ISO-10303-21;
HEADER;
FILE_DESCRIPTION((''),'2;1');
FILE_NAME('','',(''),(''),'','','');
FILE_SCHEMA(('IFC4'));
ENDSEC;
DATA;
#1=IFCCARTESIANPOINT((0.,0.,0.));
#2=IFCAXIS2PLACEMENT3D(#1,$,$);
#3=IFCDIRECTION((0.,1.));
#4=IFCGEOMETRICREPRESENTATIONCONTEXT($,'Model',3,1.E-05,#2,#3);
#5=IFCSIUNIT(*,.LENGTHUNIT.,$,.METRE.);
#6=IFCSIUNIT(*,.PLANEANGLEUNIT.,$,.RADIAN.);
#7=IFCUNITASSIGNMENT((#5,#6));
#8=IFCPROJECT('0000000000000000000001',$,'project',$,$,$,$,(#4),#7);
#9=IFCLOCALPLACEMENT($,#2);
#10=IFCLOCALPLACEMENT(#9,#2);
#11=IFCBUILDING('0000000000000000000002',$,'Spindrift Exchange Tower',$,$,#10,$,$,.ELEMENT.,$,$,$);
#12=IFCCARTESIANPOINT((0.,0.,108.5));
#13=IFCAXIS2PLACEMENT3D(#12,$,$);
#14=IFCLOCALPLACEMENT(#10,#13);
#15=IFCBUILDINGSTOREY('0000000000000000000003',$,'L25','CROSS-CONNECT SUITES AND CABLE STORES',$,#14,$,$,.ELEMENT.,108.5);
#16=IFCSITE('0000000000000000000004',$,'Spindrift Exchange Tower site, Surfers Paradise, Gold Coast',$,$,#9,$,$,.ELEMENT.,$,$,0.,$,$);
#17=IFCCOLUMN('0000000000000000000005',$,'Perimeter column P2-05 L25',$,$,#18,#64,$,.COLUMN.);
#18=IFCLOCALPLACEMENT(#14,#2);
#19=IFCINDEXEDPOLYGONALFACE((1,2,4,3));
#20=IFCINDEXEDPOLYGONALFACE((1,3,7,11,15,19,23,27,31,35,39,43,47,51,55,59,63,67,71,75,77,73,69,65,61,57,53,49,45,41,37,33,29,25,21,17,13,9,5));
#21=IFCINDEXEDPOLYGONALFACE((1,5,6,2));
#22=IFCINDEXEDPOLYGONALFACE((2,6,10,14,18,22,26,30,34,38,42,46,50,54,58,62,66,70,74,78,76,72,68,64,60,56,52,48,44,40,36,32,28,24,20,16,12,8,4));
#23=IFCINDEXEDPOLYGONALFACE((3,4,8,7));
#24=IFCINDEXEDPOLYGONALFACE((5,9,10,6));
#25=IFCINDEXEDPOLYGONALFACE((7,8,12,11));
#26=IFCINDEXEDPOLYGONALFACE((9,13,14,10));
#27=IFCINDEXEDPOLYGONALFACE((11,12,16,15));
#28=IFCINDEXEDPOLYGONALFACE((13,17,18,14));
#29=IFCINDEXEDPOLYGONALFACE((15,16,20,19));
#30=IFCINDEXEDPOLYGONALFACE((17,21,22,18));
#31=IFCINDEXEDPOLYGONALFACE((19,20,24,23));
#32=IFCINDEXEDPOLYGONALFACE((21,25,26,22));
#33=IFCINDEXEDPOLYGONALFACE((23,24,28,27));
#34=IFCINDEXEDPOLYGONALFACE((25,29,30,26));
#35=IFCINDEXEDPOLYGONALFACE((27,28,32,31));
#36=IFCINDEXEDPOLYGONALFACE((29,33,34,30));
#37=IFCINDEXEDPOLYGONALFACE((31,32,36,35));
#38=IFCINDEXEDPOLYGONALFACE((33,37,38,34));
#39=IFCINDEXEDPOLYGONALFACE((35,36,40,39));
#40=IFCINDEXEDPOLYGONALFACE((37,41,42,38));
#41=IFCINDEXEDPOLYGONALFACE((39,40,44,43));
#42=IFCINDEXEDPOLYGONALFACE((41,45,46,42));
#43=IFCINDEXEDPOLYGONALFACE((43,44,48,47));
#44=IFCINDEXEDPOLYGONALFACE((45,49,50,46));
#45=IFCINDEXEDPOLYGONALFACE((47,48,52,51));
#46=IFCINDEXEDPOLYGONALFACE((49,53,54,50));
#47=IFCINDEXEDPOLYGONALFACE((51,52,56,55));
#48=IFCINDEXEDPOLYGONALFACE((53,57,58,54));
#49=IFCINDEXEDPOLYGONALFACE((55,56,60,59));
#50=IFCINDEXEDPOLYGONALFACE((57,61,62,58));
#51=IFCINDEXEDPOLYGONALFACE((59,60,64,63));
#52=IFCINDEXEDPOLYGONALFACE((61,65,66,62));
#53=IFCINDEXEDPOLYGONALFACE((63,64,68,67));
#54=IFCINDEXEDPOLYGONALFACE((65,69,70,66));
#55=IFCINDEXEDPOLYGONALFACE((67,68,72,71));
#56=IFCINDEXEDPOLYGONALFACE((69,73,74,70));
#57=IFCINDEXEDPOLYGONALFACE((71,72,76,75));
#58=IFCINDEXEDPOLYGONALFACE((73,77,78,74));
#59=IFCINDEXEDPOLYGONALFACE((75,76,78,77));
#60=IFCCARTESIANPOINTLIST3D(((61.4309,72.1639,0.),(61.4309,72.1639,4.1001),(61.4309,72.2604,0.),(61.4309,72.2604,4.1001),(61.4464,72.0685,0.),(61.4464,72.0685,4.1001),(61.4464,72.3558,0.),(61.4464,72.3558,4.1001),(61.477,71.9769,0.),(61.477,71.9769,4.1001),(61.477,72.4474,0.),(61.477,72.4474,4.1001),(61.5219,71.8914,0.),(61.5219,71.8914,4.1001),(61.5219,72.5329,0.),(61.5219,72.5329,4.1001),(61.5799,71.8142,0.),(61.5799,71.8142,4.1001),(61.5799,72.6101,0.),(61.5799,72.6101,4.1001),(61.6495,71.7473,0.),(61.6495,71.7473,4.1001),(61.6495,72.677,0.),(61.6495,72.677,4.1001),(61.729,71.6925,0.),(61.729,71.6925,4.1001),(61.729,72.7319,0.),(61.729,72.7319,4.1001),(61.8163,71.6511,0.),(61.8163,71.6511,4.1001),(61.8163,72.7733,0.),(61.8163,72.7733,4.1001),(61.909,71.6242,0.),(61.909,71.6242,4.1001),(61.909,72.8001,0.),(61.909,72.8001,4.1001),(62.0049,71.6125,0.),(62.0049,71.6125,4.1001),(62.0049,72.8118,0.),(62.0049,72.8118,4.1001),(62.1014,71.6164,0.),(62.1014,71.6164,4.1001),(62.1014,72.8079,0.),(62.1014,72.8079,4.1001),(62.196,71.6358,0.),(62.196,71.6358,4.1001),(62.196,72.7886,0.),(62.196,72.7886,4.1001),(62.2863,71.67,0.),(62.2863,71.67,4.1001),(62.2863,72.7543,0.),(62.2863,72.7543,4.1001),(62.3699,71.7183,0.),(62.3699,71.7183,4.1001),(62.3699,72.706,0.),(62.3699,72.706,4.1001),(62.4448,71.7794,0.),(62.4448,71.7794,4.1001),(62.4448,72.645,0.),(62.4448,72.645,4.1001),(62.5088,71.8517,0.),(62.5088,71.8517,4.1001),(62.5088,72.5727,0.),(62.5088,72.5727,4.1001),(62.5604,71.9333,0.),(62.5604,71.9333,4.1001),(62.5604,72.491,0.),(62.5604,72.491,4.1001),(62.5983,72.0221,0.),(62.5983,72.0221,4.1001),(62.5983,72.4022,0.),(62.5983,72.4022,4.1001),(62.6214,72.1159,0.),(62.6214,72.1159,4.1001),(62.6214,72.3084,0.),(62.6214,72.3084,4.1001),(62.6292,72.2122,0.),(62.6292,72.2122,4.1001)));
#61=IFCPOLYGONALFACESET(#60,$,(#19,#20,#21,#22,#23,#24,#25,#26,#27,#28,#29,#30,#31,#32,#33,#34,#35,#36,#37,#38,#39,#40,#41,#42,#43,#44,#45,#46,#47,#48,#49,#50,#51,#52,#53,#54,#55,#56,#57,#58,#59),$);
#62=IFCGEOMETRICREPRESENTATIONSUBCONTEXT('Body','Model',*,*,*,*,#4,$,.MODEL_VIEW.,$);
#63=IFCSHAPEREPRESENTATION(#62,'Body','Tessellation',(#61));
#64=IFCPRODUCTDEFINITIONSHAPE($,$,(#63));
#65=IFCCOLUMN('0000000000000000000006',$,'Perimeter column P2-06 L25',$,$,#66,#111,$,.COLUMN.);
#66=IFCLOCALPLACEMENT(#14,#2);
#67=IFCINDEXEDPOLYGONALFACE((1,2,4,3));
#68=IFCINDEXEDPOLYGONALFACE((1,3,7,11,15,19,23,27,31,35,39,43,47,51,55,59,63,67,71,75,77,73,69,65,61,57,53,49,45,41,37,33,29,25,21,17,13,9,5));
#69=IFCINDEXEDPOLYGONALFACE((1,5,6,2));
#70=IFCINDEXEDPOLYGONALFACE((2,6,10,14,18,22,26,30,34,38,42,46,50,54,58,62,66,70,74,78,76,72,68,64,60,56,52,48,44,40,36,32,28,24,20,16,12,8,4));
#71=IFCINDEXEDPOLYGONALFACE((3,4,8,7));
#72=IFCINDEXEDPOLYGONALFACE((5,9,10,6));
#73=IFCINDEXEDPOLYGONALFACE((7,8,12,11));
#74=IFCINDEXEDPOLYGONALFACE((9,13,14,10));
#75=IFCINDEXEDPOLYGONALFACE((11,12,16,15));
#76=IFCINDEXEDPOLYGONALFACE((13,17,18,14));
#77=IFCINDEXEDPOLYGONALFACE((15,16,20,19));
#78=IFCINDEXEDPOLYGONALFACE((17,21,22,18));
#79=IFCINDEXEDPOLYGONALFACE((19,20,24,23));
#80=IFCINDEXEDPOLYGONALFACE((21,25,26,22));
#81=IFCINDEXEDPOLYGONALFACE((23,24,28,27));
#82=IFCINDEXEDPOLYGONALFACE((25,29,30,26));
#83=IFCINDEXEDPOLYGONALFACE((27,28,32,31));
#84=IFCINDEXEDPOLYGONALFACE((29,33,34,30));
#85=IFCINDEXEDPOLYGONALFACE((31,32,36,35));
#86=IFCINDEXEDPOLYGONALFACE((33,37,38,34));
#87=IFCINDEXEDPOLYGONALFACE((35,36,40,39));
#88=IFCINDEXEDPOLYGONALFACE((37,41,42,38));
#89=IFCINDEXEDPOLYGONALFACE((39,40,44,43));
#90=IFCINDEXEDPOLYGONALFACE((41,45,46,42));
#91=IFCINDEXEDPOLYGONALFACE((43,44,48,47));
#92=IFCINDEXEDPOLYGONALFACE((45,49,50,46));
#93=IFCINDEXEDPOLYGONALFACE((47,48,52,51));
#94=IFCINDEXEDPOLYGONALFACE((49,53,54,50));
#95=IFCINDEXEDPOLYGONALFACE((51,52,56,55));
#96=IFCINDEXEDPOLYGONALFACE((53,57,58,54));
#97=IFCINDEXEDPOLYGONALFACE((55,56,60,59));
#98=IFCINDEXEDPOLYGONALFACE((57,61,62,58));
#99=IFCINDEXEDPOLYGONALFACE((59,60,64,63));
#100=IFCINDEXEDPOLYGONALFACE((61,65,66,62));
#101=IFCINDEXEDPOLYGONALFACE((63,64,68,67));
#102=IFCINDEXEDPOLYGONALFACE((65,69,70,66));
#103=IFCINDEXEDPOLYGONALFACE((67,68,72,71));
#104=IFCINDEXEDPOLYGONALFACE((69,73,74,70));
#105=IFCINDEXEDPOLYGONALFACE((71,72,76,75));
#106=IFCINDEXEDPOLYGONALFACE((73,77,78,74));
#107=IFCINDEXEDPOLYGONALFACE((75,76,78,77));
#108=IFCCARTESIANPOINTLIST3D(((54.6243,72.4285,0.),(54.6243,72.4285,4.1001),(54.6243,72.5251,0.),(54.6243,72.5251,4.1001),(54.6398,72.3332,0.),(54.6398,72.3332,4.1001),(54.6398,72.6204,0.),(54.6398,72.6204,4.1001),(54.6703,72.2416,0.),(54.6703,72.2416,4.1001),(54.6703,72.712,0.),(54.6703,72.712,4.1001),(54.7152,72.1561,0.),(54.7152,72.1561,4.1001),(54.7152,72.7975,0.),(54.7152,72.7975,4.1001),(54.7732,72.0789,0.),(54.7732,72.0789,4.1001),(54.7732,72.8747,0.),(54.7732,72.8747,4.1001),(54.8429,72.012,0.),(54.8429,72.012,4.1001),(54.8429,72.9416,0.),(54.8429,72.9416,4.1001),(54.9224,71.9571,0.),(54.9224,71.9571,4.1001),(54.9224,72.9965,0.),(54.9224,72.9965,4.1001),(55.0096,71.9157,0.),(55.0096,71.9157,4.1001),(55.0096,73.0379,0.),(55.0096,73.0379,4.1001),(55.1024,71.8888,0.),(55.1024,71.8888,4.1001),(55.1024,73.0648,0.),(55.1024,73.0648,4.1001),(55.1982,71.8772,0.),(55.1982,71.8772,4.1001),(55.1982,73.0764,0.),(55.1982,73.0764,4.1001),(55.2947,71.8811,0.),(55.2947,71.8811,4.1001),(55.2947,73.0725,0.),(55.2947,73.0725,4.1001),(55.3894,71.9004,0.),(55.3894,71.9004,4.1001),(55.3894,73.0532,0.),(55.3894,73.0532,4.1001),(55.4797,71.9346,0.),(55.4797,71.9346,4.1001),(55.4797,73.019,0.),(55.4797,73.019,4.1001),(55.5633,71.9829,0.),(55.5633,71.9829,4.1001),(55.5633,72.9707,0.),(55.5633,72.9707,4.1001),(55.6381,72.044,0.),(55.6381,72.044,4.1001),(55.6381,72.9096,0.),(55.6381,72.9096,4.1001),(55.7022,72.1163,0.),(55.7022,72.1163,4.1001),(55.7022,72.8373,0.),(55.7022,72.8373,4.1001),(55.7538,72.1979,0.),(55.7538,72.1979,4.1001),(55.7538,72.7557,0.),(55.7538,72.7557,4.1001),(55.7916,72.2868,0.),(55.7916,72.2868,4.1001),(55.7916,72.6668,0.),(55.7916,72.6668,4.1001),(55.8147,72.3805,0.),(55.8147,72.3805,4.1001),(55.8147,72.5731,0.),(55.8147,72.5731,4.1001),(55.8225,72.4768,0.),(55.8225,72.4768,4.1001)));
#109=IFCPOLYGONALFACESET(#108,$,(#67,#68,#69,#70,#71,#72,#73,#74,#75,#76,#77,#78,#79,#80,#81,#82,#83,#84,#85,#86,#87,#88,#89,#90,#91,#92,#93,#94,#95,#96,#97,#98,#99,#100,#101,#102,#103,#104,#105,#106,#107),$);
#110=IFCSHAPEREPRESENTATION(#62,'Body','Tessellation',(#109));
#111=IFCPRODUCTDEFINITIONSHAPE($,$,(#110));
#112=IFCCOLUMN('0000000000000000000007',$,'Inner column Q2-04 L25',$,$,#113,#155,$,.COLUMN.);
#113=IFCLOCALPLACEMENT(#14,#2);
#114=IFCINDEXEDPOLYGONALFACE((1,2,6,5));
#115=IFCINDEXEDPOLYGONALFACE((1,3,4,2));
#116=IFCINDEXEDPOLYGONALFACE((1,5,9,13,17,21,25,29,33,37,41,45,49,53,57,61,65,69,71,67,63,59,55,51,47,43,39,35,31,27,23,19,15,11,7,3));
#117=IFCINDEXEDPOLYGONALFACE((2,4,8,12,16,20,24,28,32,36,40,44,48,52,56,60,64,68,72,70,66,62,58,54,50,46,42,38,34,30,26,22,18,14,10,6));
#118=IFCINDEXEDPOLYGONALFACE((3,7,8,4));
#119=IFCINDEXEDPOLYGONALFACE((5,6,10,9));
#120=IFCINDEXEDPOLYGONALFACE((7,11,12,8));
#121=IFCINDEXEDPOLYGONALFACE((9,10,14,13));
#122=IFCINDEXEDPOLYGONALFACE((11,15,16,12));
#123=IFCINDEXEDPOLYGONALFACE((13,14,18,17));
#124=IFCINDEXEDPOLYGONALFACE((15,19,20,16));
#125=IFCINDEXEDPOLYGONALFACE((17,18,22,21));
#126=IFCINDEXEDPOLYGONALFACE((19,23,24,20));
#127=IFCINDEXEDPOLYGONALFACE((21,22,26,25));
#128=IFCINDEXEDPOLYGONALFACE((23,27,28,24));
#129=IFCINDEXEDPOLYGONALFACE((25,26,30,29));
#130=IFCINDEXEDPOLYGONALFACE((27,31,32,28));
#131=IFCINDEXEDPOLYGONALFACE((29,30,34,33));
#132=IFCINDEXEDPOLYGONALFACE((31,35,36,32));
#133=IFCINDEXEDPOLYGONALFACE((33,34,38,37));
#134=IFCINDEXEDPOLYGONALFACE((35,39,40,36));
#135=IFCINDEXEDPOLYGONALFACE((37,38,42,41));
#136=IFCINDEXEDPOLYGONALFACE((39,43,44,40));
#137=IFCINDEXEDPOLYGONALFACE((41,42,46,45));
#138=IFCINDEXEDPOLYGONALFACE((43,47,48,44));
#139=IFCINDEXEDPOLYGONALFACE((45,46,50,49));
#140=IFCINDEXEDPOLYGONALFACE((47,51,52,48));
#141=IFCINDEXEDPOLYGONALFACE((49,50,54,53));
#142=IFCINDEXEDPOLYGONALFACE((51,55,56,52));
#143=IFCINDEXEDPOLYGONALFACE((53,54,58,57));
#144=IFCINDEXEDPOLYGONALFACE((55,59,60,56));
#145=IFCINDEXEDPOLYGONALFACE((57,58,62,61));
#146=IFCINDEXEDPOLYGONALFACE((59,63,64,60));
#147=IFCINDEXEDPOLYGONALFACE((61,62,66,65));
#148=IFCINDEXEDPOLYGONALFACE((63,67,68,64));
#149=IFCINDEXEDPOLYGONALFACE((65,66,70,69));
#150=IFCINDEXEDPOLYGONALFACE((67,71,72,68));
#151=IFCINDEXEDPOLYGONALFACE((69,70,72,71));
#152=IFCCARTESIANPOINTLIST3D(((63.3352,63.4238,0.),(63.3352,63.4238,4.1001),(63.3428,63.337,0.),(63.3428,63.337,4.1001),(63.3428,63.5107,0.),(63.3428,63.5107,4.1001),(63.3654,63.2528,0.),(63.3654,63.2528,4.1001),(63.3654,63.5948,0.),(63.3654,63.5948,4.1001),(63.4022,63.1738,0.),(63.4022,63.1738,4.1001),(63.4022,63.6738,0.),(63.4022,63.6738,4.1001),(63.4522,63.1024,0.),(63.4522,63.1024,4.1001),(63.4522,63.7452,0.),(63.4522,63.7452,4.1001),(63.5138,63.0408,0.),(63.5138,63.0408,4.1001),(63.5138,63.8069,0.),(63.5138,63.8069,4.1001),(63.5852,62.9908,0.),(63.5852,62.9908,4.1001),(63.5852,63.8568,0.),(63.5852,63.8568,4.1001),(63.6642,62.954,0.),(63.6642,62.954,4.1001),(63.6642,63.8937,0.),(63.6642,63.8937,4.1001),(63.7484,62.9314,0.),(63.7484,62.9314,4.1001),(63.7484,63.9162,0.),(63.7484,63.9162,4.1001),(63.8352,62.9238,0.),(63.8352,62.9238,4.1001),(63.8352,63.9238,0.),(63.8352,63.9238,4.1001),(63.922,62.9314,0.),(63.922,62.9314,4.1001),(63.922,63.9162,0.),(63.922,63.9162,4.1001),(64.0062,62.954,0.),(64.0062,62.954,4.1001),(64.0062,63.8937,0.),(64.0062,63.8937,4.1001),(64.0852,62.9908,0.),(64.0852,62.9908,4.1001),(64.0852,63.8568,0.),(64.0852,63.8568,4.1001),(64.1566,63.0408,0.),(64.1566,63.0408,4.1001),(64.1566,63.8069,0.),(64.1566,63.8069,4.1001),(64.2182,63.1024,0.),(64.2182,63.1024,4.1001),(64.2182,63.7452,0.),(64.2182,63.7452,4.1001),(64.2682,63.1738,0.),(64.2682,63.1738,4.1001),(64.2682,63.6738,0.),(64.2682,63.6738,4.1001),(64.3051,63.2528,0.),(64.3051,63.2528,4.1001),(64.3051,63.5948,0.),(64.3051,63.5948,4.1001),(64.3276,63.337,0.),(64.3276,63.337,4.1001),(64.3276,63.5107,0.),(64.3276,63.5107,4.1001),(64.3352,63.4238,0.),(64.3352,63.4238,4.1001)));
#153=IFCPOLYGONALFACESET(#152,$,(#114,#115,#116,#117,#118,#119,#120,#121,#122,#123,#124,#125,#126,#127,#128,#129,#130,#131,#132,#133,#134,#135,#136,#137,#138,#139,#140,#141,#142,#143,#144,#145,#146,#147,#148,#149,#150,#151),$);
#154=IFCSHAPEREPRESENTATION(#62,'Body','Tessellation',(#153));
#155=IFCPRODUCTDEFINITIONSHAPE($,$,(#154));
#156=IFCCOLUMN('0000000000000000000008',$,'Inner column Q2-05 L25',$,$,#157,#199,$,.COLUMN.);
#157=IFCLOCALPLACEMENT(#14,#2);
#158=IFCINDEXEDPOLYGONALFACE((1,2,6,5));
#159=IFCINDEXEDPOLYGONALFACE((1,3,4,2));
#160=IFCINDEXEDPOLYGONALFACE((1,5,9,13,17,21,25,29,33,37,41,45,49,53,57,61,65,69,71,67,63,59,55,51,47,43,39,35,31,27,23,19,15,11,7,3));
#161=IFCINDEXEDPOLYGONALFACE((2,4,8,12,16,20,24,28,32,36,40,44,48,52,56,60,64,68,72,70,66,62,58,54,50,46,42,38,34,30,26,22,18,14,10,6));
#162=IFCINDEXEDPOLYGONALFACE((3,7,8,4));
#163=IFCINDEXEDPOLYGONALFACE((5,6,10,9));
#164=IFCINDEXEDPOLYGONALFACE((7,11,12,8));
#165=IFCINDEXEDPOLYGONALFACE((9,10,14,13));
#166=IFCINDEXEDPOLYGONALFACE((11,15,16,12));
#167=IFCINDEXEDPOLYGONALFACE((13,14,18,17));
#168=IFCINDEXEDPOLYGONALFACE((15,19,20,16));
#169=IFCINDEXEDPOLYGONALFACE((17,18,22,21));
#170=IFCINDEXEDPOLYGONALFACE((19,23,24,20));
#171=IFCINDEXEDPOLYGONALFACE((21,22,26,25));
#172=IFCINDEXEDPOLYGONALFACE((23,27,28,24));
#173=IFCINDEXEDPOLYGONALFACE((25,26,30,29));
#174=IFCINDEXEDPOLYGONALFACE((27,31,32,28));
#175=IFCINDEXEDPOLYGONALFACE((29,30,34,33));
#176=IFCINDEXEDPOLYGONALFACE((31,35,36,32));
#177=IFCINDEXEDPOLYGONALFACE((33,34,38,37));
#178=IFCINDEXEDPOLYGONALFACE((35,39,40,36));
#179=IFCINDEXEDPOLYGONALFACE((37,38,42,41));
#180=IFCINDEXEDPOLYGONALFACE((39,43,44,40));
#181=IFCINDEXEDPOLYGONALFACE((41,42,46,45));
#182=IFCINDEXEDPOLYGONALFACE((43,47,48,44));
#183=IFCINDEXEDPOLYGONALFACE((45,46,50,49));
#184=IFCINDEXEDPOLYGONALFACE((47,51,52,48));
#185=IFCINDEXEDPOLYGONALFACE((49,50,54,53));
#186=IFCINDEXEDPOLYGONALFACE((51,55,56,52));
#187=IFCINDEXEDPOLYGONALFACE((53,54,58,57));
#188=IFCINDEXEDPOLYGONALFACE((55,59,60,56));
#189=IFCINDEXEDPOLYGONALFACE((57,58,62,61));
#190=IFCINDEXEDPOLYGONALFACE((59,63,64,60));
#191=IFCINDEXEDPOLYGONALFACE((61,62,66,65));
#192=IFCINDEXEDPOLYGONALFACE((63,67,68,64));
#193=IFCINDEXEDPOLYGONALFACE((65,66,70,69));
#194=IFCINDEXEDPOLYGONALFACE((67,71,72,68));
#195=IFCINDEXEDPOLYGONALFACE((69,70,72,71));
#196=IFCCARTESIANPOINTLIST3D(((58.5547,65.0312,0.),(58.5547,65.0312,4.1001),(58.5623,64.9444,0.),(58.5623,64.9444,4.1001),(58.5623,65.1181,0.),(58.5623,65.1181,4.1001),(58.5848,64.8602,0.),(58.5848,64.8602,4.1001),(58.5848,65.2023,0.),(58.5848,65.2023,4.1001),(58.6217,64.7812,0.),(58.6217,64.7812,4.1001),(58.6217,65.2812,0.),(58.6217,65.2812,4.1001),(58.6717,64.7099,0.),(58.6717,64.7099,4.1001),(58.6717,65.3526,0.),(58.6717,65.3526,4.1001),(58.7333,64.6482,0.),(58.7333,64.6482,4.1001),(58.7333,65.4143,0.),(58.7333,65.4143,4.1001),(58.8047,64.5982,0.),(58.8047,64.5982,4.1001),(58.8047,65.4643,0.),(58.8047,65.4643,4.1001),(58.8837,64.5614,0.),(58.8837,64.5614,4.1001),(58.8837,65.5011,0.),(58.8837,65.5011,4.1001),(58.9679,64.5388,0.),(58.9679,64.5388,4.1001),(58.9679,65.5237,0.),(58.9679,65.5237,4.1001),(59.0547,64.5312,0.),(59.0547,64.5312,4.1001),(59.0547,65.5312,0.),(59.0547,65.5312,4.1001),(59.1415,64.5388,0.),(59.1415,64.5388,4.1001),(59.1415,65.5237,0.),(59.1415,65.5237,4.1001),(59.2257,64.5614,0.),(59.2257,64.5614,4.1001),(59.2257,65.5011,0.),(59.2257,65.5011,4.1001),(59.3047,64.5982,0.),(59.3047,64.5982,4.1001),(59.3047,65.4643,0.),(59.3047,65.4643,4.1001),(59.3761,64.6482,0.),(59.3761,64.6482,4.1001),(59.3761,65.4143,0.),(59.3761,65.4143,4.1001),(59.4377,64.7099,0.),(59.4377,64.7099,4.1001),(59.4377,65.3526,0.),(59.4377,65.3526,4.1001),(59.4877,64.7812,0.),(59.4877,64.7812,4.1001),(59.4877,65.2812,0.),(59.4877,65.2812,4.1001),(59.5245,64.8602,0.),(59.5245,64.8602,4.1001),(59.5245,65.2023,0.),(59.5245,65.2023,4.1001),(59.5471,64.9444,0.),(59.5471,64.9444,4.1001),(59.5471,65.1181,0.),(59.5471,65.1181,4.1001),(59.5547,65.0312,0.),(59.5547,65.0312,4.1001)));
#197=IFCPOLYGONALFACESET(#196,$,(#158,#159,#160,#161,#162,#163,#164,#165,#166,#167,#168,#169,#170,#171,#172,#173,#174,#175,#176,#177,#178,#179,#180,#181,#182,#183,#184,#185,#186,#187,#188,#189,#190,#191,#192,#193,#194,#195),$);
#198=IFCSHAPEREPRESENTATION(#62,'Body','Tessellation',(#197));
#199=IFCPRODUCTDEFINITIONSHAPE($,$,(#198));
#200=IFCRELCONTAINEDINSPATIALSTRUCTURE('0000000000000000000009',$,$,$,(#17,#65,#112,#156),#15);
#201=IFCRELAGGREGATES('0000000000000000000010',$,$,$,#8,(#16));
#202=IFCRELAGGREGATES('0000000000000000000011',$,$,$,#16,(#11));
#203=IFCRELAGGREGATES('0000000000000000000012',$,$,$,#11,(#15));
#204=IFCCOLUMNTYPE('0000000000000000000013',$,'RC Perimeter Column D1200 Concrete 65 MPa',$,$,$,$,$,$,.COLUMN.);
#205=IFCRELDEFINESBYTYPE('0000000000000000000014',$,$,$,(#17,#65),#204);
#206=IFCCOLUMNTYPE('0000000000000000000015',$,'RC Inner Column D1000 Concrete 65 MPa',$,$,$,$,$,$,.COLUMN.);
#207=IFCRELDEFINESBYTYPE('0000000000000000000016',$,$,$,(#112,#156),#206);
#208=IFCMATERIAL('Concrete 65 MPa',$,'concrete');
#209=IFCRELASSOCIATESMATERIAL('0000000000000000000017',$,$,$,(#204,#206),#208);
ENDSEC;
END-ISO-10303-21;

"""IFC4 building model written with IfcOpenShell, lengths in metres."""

from ifc_helpers import new_model, si_unit, direction, frame, origin, origin_2d, place, context, subcontext, project, spatial, circle, extrude, source, transform, mapped, material, material_profile, profile_set, type_object, element, save


model = new_model("IFC4")

# Units and contexts
model_context = context("Model", 3, precision=1e-05, world=origin(), true_north=direction((0.0, 1.0)))
body_context = subcontext(model_context, "Body", "Model", "MODEL_VIEW")
ifc_project = project(units=[si_unit("LENGTHUNIT", "METRE"), si_unit("PLANEANGLEUNIT", "RADIAN")], contexts=[model_context])

# Site, building, storey
site_placement = place(None, origin())
site = spatial("IfcSite", under=ifc_project, at=site_placement, Name="Spindrift Exchange Tower site, Surfers Paradise, Gold Coast", CompositionType="ELEMENT", RefElevation=0.0)
building_placement = place(site_placement, origin())
building = spatial("IfcBuilding", under=site, at=building_placement, Name="Spindrift Exchange Tower", CompositionType="ELEMENT")
storey_placement = place(building_placement, frame((0.0, 0.0, 108.5)))
storey = spatial("IfcBuildingStorey", under=building, at=storey_placement, Name="L25", Description="CROSS-CONNECT SUITES AND CABLE STORES", CompositionType="ELEMENT", Elevation=108.5)

# Columns
ifc_material_1 = material(Name="Concrete 65 MPa", Category="concrete")
ifc_material_profile_1 = material_profile(ifc_material_1, circle(Radius=0.6001, at=origin_2d()), Name="RC D1200")
ifc_profile_set_1 = profile_set([ifc_material_profile_1], Name="Concrete 65 MPa")
column_type_1 = type_object("IfcColumnType", Name="RC Perimeter Column D1200 Concrete 65 MPa", PredefinedType="COLUMN", material=ifc_profile_set_1)
shared_shape_1 = source(origin(), body_context, "Body", "SweptSolid", [
    extrude(circle(Radius=0.6001, at=origin_2d()), origin(), (0.0, 0.0, 1.0), 4.1001),
])
for number, where, z_axis, x_axis, name in (
    (1, (62.0291, 72.2122, 0.0), (0.0, 0.0, 1.0), (1.0, 0.0, 0.0), "Perimeter column P2-05 L25"),
    (2, (55.2224, 72.4768, 0.0), (0.0, 0.0, 1.0), (1.0, 0.0, 0.0), "Perimeter column P2-06 L25"),
):
    element("IfcColumn", number, at=place(storey_placement, frame(where, z_axis=z_axis, x_axis=x_axis)), inside=storey, type_object=column_type_1, Name=name, PredefinedType="COLUMN", context=body_context, shape_type="MappedRepresentation", body=[
        mapped(shared_shape_1, transform((0.0, 0.0, 0.0), scale=1.0)),
    ])
ifc_material_profile_2 = material_profile(ifc_material_1, circle(Radius=0.5, at=origin_2d()), Name="RC D1000")
ifc_profile_set_2 = profile_set([ifc_material_profile_2], Name="Concrete 65 MPa")
column_type_2 = type_object("IfcColumnType", Name="RC Inner Column D1000 Concrete 65 MPa", PredefinedType="COLUMN", material=ifc_profile_set_2)
shared_shape_2 = source(origin(), body_context, "Body", "SweptSolid", [
    extrude(circle(Radius=0.5, at=origin_2d()), origin(), (0.0, 0.0, 1.0), 4.1001),
])
for number, where, z_axis, x_axis, name in (
    (3, (63.8352, 63.4238, 0.0), (0.0, 0.0, 1.0), (1.0, 0.0, 0.0), "Inner column Q2-04 L25"),
    (4, (59.0547, 65.0312, 0.0), (0.0, 0.0, 1.0), (1.0, 0.0, 0.0), "Inner column Q2-05 L25"),
):
    element("IfcColumn", number, at=place(storey_placement, frame(where, z_axis=z_axis, x_axis=x_axis)), inside=storey, type_object=column_type_2, Name=name, PredefinedType="COLUMN", context=body_context, shape_type="MappedRepresentation", body=[
        mapped(shared_shape_2, transform((0.0, 0.0, 0.0), scale=1.0)),
    ])

save(model, "model.ifc")
